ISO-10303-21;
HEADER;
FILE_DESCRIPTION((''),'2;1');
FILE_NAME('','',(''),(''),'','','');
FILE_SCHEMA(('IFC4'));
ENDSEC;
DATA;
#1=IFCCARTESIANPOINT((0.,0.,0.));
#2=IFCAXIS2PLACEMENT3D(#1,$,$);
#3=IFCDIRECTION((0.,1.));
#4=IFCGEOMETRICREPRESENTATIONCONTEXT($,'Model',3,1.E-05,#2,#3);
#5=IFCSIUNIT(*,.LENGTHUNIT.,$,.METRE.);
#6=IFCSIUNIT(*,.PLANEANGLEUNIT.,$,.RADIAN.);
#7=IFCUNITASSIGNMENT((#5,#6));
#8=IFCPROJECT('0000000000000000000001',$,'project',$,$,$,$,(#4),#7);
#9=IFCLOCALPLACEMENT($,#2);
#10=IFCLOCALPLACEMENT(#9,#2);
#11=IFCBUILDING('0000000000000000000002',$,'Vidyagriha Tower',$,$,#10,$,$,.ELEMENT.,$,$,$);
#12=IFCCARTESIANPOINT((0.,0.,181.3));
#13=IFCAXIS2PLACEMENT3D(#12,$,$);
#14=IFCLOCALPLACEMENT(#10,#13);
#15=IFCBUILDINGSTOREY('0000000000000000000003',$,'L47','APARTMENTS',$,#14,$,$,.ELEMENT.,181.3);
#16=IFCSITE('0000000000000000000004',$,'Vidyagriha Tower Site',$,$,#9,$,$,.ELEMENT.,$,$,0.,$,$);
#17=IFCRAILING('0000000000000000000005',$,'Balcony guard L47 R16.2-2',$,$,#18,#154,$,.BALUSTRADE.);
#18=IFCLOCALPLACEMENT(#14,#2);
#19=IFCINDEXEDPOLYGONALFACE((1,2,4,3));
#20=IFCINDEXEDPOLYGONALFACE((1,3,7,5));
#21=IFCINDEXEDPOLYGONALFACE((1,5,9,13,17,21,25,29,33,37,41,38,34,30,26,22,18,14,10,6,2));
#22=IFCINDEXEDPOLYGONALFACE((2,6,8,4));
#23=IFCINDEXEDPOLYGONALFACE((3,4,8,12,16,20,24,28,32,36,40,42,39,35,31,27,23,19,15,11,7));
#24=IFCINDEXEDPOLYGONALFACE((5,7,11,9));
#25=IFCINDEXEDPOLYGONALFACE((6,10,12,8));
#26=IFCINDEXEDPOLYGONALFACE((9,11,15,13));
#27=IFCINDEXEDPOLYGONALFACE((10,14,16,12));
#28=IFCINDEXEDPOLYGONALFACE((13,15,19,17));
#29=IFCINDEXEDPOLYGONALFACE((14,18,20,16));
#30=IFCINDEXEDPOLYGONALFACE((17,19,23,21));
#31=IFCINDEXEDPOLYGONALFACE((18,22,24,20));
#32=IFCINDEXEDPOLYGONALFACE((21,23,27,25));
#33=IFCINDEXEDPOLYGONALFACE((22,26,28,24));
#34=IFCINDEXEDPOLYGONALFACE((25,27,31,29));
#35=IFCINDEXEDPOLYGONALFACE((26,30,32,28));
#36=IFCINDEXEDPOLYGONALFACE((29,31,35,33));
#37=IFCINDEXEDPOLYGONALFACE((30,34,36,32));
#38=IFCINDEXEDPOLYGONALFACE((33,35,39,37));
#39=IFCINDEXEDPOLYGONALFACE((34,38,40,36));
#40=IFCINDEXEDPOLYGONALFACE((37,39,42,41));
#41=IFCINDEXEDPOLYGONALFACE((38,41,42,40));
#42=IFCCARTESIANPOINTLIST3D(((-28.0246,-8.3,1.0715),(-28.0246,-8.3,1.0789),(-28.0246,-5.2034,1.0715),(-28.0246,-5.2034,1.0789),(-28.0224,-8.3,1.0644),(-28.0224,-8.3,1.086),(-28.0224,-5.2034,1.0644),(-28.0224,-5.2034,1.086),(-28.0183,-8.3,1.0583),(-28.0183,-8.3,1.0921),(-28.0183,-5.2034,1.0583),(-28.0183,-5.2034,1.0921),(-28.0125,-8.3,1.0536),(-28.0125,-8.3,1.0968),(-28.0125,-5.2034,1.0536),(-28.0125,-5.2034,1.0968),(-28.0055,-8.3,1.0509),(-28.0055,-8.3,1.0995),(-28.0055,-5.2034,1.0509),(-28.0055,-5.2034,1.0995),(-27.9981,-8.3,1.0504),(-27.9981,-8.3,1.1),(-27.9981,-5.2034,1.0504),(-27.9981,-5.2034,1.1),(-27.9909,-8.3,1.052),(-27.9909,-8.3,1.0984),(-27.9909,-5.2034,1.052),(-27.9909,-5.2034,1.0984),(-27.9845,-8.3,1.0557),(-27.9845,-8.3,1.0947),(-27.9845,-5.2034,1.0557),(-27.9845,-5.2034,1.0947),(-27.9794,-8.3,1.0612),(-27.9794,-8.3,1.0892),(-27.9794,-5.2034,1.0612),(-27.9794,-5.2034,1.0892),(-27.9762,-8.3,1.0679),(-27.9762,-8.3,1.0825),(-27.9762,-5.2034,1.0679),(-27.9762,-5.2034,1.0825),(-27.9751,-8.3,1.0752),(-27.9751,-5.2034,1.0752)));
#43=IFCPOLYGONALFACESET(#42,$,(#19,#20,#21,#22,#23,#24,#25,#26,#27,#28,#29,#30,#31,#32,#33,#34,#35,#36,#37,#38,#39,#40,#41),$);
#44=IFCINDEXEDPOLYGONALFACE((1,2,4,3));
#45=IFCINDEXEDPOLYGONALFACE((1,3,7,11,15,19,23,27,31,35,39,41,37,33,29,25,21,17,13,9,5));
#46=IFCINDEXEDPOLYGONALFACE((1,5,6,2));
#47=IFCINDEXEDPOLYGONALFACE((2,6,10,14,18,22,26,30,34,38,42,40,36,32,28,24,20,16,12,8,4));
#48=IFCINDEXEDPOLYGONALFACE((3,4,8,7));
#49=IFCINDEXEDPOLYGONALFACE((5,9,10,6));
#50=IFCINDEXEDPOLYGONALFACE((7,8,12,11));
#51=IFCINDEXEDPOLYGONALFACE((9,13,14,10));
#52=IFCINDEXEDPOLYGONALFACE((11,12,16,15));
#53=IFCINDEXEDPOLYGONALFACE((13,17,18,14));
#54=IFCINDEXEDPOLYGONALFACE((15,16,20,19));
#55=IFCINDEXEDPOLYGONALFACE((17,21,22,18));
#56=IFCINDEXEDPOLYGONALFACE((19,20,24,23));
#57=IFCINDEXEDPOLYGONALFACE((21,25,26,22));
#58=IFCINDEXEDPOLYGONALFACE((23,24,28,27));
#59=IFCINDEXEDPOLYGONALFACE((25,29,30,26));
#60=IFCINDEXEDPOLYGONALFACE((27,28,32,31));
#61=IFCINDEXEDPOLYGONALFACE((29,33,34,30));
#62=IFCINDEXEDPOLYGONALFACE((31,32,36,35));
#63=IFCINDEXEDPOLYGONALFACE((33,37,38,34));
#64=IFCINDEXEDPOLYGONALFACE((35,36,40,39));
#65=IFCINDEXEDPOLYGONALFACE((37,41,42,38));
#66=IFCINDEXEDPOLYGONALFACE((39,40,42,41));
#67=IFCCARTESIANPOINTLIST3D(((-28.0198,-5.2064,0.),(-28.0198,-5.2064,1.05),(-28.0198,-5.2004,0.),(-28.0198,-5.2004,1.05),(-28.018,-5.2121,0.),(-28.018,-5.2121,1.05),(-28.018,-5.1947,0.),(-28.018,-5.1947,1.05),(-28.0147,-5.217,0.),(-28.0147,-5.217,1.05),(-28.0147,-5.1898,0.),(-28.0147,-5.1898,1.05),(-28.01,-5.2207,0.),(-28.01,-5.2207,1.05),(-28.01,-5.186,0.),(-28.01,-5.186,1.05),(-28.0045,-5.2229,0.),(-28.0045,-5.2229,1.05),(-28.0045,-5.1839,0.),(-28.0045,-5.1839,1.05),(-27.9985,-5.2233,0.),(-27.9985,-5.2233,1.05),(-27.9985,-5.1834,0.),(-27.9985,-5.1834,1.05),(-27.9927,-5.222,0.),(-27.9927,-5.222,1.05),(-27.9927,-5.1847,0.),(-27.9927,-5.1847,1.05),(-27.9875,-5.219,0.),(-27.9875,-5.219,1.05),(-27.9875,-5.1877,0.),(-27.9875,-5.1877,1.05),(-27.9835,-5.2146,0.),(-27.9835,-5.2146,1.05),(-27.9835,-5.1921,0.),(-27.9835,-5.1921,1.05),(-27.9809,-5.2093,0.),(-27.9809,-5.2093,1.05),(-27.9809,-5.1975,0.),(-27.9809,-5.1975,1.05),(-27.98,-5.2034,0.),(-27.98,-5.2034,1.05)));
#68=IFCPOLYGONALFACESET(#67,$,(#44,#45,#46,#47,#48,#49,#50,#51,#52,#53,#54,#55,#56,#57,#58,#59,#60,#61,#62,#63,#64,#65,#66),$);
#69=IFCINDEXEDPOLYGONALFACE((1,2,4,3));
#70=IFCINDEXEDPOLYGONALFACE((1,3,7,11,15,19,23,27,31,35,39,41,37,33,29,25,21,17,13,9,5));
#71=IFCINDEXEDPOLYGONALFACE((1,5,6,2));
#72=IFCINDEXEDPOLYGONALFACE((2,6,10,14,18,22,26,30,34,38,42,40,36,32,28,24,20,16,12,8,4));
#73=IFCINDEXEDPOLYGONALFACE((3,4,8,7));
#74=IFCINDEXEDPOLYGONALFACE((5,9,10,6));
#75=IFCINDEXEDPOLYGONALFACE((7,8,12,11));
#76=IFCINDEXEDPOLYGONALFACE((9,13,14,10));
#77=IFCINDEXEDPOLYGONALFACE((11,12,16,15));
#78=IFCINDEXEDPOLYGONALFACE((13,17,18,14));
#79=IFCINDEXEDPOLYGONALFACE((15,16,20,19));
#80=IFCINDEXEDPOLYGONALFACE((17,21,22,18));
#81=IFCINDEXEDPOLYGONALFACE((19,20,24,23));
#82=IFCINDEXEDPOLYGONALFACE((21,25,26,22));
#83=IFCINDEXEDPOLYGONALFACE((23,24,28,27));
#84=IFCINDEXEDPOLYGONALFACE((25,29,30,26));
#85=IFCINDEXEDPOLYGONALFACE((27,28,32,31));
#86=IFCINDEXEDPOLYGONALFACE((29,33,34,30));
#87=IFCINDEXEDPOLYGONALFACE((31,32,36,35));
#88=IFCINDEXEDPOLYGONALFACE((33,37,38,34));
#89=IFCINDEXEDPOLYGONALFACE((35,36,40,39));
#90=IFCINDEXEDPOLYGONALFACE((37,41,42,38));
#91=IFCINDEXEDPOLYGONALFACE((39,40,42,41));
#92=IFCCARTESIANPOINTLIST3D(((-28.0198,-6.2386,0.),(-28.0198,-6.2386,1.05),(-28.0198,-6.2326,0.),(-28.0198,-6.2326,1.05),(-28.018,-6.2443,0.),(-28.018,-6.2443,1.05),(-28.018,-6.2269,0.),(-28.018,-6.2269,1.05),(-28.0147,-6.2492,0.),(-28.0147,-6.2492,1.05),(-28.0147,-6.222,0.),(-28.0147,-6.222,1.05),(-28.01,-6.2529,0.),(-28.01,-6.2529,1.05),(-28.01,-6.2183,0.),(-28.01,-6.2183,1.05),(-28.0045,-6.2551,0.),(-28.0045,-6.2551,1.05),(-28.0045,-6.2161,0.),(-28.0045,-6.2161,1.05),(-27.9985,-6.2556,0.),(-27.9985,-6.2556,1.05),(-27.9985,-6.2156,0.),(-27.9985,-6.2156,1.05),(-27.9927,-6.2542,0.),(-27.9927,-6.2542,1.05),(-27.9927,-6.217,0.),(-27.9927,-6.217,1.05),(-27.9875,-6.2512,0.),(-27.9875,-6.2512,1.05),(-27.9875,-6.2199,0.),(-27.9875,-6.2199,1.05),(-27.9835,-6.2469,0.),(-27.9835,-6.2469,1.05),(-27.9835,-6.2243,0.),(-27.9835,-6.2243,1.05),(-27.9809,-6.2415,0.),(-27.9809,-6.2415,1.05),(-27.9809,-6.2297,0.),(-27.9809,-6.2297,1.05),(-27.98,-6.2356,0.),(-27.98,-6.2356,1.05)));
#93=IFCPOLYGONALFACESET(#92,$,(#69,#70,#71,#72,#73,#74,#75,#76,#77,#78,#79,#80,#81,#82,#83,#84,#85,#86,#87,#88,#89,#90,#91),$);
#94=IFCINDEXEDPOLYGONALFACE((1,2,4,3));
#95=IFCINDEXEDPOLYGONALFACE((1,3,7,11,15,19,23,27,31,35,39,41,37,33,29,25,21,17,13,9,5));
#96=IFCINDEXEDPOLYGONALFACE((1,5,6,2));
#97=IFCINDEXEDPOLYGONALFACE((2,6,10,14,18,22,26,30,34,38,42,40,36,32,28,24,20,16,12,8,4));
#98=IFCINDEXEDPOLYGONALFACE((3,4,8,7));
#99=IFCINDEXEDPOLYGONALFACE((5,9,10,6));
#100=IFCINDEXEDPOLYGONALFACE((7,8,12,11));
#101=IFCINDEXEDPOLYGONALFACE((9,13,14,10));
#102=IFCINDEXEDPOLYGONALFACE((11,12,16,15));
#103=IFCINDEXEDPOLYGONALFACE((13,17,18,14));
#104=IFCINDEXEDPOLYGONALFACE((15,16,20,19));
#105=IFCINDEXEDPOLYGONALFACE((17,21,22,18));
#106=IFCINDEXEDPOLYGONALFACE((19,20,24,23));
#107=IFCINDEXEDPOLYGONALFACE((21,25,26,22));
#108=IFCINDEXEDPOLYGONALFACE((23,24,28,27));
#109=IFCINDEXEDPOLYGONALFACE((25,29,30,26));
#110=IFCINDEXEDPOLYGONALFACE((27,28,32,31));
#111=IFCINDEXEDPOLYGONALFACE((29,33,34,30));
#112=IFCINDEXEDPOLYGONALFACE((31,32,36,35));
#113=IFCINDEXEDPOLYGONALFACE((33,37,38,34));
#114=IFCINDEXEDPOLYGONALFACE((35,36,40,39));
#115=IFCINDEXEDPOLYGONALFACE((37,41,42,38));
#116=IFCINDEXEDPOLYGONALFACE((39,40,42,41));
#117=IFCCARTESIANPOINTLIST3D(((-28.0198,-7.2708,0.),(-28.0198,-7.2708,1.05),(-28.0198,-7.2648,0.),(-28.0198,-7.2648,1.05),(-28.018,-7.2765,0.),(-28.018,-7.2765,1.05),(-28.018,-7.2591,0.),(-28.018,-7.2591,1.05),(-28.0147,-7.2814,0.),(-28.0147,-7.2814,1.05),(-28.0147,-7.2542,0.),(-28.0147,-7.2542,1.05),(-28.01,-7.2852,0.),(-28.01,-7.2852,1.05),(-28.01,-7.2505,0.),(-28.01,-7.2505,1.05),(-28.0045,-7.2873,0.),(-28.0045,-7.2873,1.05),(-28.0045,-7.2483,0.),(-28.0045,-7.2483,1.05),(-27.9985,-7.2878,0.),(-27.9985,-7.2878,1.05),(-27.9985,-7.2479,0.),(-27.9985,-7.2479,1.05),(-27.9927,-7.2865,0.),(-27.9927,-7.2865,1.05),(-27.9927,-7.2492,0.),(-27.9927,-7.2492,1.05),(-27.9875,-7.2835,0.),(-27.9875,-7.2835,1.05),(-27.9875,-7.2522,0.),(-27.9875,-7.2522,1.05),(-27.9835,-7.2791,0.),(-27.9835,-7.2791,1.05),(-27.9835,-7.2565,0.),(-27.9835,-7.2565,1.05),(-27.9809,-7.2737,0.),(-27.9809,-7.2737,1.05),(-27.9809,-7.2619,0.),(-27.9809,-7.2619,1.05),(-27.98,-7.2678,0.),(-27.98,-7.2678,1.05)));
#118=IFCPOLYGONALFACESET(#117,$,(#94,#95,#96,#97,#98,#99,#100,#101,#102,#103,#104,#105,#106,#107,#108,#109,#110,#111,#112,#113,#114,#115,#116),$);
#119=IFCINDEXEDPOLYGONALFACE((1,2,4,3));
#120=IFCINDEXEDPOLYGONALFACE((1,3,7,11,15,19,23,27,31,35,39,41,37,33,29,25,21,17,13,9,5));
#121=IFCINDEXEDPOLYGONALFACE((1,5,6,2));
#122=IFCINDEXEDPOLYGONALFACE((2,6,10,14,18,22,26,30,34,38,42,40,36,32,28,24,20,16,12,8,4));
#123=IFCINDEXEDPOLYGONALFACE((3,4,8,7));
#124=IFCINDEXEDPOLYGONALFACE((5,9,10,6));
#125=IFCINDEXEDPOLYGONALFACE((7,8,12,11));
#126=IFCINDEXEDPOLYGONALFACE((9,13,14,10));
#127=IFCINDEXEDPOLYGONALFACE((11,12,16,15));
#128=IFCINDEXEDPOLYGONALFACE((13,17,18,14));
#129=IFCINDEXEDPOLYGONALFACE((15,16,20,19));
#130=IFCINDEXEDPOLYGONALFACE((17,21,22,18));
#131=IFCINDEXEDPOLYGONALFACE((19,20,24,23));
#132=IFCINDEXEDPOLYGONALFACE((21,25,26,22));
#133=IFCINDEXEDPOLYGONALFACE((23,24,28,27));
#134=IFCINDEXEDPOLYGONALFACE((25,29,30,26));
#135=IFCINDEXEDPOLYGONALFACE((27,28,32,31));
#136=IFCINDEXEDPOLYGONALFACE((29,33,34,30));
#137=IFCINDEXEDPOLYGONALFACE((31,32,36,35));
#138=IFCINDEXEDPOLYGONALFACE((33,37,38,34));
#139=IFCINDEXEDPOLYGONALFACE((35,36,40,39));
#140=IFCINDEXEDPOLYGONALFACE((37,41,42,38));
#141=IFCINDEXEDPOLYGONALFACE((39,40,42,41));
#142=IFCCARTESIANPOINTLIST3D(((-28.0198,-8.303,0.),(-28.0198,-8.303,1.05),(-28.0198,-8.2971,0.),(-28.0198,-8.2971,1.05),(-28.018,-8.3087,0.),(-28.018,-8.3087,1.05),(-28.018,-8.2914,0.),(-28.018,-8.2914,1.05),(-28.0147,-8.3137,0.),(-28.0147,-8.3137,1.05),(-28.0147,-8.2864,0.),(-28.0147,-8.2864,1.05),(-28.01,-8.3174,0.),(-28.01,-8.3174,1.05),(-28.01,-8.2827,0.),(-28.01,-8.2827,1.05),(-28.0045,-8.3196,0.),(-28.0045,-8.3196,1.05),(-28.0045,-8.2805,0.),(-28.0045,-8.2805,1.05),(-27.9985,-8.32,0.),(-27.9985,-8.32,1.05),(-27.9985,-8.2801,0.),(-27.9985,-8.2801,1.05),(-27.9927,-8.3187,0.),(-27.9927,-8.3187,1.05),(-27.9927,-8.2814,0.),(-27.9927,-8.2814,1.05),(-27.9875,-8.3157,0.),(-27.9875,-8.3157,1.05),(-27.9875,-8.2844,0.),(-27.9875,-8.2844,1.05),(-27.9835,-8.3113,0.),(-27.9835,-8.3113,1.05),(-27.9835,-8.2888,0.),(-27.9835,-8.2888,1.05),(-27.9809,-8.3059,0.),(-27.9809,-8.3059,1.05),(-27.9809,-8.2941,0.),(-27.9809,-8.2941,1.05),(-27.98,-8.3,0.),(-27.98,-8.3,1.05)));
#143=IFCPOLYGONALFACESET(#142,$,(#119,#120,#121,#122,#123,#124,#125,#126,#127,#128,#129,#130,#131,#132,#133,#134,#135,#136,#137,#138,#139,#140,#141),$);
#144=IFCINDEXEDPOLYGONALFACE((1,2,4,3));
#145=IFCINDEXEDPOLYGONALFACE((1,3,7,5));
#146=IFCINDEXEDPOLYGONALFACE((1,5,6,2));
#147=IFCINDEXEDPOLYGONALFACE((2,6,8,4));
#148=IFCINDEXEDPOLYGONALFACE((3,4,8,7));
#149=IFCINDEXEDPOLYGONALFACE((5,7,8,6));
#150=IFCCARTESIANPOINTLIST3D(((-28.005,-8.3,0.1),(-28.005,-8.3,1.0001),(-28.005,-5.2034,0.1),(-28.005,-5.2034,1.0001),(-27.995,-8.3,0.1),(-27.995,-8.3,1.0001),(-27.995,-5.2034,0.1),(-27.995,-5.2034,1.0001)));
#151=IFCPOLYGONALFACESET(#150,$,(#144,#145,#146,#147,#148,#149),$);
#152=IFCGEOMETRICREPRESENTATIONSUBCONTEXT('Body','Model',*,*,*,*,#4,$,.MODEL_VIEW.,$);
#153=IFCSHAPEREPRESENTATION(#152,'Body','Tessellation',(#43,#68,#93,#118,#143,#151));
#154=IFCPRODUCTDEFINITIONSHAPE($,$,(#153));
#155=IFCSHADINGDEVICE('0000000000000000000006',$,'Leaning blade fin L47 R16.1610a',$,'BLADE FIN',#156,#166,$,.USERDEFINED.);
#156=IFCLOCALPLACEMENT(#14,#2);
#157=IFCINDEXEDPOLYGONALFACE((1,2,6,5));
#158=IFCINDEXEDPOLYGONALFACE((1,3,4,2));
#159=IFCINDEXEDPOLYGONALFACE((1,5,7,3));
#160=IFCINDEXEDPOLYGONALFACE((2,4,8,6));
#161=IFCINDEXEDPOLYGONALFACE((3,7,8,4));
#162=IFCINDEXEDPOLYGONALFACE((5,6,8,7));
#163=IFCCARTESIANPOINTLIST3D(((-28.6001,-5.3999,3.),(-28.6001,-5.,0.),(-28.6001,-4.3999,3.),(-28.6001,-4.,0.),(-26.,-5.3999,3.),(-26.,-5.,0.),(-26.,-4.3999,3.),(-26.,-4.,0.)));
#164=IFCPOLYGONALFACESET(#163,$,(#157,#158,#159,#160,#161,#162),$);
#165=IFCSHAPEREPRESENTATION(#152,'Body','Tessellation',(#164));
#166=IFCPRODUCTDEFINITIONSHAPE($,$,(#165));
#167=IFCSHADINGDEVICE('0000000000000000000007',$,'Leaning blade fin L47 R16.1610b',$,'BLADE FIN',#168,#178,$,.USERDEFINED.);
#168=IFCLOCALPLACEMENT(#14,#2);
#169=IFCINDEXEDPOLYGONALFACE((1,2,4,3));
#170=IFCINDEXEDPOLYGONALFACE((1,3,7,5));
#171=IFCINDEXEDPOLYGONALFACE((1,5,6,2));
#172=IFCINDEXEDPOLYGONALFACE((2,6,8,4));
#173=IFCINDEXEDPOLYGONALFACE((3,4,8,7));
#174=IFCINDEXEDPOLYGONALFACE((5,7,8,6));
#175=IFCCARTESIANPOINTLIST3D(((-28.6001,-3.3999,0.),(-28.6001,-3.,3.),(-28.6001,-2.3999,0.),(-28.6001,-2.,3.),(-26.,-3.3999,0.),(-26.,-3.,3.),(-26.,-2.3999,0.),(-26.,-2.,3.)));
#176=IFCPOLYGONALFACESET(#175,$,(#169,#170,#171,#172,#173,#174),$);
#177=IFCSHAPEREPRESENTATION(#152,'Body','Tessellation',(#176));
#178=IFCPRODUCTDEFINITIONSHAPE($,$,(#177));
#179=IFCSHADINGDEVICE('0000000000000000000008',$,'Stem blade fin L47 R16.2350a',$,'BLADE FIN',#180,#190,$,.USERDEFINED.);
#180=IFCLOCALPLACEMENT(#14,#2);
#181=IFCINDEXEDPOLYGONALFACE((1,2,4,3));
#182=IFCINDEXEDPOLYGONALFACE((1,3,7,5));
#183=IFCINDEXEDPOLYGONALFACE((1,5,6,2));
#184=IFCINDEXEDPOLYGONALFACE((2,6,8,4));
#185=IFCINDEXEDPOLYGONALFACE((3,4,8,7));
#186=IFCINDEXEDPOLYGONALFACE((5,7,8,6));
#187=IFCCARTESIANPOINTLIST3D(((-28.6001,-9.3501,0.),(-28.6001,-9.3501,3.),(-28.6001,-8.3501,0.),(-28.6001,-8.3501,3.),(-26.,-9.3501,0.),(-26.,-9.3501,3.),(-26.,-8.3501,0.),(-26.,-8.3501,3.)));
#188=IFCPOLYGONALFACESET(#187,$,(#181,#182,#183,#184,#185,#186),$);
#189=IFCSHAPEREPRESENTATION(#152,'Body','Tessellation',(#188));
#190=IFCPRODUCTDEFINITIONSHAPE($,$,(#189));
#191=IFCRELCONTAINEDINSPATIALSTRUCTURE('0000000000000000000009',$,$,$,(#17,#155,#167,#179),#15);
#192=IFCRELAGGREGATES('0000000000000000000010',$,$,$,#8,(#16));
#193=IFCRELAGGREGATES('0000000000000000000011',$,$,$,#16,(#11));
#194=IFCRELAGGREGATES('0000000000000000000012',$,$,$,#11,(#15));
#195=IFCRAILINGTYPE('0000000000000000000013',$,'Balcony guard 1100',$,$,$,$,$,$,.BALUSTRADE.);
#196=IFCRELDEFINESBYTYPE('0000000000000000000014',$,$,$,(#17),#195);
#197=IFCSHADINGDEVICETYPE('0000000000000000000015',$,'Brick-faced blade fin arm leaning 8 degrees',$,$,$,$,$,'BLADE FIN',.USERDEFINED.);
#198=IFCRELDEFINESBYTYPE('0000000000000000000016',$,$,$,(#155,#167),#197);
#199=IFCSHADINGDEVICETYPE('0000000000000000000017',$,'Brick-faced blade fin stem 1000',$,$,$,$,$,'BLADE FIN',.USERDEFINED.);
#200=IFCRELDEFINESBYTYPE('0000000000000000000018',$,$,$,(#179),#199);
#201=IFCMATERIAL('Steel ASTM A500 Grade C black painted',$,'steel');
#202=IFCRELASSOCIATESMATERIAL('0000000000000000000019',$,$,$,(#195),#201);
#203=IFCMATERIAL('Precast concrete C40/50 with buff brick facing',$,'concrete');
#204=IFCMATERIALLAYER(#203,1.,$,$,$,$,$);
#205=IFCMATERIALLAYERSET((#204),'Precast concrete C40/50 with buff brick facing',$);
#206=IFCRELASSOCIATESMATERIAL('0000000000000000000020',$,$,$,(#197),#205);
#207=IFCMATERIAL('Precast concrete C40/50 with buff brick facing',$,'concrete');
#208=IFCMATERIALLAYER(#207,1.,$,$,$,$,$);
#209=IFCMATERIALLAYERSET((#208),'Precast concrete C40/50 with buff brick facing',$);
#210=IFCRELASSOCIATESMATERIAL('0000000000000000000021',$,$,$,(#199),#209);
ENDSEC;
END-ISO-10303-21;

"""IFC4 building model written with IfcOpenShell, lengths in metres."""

from ifc_helpers import new_model, si_unit, direction, frame, origin, origin_2d, place, context, subcontext, project, spatial, polyline, rectangle, circle, outline, extrude, material, layer, layer_set, type_object, element, save


model = new_model("IFC4")

# Units and contexts
model_context = context("Model", 3, precision=1e-05, world=origin(), true_north=direction((0.0, 1.0)))
body_context = subcontext(model_context, "Body", "Model", "MODEL_VIEW")
ifc_project = project(units=[si_unit("LENGTHUNIT", "METRE"), si_unit("PLANEANGLEUNIT", "RADIAN")], contexts=[model_context])

# Site, building, storey
site_placement = place(None, origin())
site = spatial("IfcSite", under=ifc_project, at=site_placement, Name="Vidyagriha Tower Site", CompositionType="ELEMENT", RefElevation=0.0)
building_placement = place(site_placement, origin())
building = spatial("IfcBuilding", under=site, at=building_placement, Name="Vidyagriha Tower", CompositionType="ELEMENT")
storey_placement = place(building_placement, frame((0.0, 0.0, 181.3)))
storey = spatial("IfcBuildingStorey", under=building, at=storey_placement, Name="L47", Description="APARTMENTS", CompositionType="ELEMENT", Elevation=181.3)

# Railing
ifc_material_1 = material(Name="Steel ASTM A500 Grade C black painted", Category="steel")
railing_type_1 = type_object("IfcRailingType", Name="Balcony guard 1100", PredefinedType="BALUSTRADE", material=ifc_material_1)
railing_1_placement = place(storey_placement, frame((-28.0, -5.2034, 0.0)))
element("IfcRailing", 1, at=railing_1_placement, inside=storey, type_object=railing_type_1, Name="Balcony guard L47 R16.2-2", PredefinedType="BALUSTRADE", context=body_context, shape_type="SweptSolid", body=[
    extrude(circle(Radius=0.0249, at=origin_2d()), frame((0.0, 0.0, 1.0752), z_axis=(0.0, -1.0, 0.0), x_axis=(1.0, 0.0, 0.0)), (0.0, 0.0, 1.0), 3.0967),
    extrude(circle(Radius=0.02, at=origin_2d()), origin(), (0.0, 0.0, 1.0), 1.05),
    extrude(circle(Radius=0.02, at=origin_2d()), frame((0.0, -1.0322, 0.0)), (0.0, 0.0, 1.0), 1.05),
    extrude(circle(Radius=0.02, at=origin_2d()), frame((0.0, -2.0645, 0.0)), (0.0, 0.0, 1.0), 1.05),
    extrude(circle(Radius=0.02, at=origin_2d()), frame((0.0, -3.0967, 0.0)), (0.0, 0.0, 1.0), 1.05),
    extrude(rectangle(XDim=0.01, YDim=0.9001, at=origin_2d()), frame((0.0, 0.0, 0.55), z_axis=(0.0, -1.0, 0.0), x_axis=(1.0, 0.0, 0.0)), (0.0, 0.0, 1.0), 3.0967),
])

# Shading devices
ifc_material_2 = material(Name="Precast concrete C40/50 with buff brick facing", Category="concrete")
ifc_layer_1 = layer(ifc_material_2, 1.0)
ifc_layer_set_1 = layer_set([ifc_layer_1], Name="Precast concrete C40/50 with buff brick facing")
shading_device_type_1 = type_object("IfcShadingDeviceType", Name="Brick-faced blade fin arm leaning 8 degrees", ElementType="BLADE FIN", PredefinedType="USERDEFINED", material=ifc_layer_set_1)
shading_device_1_placement = place(storey_placement, frame((-27.3, -4.0, 0.0), z_axis=(0.0, 0.0, 1.0), x_axis=(0.0, -1.0, 0.0)))
element("IfcShadingDevice", 2, at=shading_device_1_placement, inside=storey, type_object=shading_device_type_1, Name="Leaning blade fin L47 R16.1610a", ObjectType="BLADE FIN", PredefinedType="USERDEFINED", context=body_context, shape_type="SweptSolid", body=[
    extrude(outline(polyline([(0.0, 0.0), (1.0, 0.0), (1.3999, 3.0), (0.3999, 3.0), (0.0, 0.0)])), frame((0.0, 1.3, 0.0), z_axis=(0.0, -1.0, 0.0), x_axis=(1.0, 0.0, 0.0)), (0.0, 0.0, 1.0), 2.6001),
])
shading_device_2_placement = place(storey_placement, frame((-27.3, -2.0, 0.0), z_axis=(0.0, 0.0, 1.0), x_axis=(0.0, -1.0, 0.0)))
element("IfcShadingDevice", 3, at=shading_device_2_placement, inside=storey, type_object=shading_device_type_1, Name="Leaning blade fin L47 R16.1610b", ObjectType="BLADE FIN", PredefinedType="USERDEFINED", context=body_context, shape_type="SweptSolid", body=[
    extrude(outline(polyline([(0.3999, 0.0), (1.3999, 0.0), (1.0, 3.0), (0.0, 3.0), (0.3999, 0.0)])), frame((0.0, 1.3, 0.0), z_axis=(0.0, -1.0, 0.0), x_axis=(1.0, 0.0, 0.0)), (0.0, 0.0, 1.0), 2.6001),
])
ifc_material_3 = material(Name="Precast concrete C40/50 with buff brick facing", Category="concrete")
ifc_layer_2 = layer(ifc_material_3, 1.0)
ifc_layer_set_2 = layer_set([ifc_layer_2], Name="Precast concrete C40/50 with buff brick facing")
shading_device_type_2 = type_object("IfcShadingDeviceType", Name="Brick-faced blade fin stem 1000", ElementType="BLADE FIN", PredefinedType="USERDEFINED", material=ifc_layer_set_2)
shading_device_3_placement = place(storey_placement, frame((-27.3, -8.3501, 0.0), z_axis=(0.0, 0.0, 1.0), x_axis=(0.0, -1.0, 0.0)))
element("IfcShadingDevice", 4, at=shading_device_3_placement, inside=storey, type_object=shading_device_type_2, Name="Stem blade fin L47 R16.2350a", ObjectType="BLADE FIN", PredefinedType="USERDEFINED", context=body_context, shape_type="SweptSolid", body=[
    extrude(outline(polyline([(0.0, 0.0), (1.0, 0.0), (1.0, 3.0), (0.0, 3.0), (0.0, 0.0)])), frame((0.0, 1.3, 0.0), z_axis=(0.0, -1.0, 0.0), x_axis=(1.0, 0.0, 0.0)), (0.0, 0.0, 1.0), 2.6001),
])

save(model, "model.ifc")
